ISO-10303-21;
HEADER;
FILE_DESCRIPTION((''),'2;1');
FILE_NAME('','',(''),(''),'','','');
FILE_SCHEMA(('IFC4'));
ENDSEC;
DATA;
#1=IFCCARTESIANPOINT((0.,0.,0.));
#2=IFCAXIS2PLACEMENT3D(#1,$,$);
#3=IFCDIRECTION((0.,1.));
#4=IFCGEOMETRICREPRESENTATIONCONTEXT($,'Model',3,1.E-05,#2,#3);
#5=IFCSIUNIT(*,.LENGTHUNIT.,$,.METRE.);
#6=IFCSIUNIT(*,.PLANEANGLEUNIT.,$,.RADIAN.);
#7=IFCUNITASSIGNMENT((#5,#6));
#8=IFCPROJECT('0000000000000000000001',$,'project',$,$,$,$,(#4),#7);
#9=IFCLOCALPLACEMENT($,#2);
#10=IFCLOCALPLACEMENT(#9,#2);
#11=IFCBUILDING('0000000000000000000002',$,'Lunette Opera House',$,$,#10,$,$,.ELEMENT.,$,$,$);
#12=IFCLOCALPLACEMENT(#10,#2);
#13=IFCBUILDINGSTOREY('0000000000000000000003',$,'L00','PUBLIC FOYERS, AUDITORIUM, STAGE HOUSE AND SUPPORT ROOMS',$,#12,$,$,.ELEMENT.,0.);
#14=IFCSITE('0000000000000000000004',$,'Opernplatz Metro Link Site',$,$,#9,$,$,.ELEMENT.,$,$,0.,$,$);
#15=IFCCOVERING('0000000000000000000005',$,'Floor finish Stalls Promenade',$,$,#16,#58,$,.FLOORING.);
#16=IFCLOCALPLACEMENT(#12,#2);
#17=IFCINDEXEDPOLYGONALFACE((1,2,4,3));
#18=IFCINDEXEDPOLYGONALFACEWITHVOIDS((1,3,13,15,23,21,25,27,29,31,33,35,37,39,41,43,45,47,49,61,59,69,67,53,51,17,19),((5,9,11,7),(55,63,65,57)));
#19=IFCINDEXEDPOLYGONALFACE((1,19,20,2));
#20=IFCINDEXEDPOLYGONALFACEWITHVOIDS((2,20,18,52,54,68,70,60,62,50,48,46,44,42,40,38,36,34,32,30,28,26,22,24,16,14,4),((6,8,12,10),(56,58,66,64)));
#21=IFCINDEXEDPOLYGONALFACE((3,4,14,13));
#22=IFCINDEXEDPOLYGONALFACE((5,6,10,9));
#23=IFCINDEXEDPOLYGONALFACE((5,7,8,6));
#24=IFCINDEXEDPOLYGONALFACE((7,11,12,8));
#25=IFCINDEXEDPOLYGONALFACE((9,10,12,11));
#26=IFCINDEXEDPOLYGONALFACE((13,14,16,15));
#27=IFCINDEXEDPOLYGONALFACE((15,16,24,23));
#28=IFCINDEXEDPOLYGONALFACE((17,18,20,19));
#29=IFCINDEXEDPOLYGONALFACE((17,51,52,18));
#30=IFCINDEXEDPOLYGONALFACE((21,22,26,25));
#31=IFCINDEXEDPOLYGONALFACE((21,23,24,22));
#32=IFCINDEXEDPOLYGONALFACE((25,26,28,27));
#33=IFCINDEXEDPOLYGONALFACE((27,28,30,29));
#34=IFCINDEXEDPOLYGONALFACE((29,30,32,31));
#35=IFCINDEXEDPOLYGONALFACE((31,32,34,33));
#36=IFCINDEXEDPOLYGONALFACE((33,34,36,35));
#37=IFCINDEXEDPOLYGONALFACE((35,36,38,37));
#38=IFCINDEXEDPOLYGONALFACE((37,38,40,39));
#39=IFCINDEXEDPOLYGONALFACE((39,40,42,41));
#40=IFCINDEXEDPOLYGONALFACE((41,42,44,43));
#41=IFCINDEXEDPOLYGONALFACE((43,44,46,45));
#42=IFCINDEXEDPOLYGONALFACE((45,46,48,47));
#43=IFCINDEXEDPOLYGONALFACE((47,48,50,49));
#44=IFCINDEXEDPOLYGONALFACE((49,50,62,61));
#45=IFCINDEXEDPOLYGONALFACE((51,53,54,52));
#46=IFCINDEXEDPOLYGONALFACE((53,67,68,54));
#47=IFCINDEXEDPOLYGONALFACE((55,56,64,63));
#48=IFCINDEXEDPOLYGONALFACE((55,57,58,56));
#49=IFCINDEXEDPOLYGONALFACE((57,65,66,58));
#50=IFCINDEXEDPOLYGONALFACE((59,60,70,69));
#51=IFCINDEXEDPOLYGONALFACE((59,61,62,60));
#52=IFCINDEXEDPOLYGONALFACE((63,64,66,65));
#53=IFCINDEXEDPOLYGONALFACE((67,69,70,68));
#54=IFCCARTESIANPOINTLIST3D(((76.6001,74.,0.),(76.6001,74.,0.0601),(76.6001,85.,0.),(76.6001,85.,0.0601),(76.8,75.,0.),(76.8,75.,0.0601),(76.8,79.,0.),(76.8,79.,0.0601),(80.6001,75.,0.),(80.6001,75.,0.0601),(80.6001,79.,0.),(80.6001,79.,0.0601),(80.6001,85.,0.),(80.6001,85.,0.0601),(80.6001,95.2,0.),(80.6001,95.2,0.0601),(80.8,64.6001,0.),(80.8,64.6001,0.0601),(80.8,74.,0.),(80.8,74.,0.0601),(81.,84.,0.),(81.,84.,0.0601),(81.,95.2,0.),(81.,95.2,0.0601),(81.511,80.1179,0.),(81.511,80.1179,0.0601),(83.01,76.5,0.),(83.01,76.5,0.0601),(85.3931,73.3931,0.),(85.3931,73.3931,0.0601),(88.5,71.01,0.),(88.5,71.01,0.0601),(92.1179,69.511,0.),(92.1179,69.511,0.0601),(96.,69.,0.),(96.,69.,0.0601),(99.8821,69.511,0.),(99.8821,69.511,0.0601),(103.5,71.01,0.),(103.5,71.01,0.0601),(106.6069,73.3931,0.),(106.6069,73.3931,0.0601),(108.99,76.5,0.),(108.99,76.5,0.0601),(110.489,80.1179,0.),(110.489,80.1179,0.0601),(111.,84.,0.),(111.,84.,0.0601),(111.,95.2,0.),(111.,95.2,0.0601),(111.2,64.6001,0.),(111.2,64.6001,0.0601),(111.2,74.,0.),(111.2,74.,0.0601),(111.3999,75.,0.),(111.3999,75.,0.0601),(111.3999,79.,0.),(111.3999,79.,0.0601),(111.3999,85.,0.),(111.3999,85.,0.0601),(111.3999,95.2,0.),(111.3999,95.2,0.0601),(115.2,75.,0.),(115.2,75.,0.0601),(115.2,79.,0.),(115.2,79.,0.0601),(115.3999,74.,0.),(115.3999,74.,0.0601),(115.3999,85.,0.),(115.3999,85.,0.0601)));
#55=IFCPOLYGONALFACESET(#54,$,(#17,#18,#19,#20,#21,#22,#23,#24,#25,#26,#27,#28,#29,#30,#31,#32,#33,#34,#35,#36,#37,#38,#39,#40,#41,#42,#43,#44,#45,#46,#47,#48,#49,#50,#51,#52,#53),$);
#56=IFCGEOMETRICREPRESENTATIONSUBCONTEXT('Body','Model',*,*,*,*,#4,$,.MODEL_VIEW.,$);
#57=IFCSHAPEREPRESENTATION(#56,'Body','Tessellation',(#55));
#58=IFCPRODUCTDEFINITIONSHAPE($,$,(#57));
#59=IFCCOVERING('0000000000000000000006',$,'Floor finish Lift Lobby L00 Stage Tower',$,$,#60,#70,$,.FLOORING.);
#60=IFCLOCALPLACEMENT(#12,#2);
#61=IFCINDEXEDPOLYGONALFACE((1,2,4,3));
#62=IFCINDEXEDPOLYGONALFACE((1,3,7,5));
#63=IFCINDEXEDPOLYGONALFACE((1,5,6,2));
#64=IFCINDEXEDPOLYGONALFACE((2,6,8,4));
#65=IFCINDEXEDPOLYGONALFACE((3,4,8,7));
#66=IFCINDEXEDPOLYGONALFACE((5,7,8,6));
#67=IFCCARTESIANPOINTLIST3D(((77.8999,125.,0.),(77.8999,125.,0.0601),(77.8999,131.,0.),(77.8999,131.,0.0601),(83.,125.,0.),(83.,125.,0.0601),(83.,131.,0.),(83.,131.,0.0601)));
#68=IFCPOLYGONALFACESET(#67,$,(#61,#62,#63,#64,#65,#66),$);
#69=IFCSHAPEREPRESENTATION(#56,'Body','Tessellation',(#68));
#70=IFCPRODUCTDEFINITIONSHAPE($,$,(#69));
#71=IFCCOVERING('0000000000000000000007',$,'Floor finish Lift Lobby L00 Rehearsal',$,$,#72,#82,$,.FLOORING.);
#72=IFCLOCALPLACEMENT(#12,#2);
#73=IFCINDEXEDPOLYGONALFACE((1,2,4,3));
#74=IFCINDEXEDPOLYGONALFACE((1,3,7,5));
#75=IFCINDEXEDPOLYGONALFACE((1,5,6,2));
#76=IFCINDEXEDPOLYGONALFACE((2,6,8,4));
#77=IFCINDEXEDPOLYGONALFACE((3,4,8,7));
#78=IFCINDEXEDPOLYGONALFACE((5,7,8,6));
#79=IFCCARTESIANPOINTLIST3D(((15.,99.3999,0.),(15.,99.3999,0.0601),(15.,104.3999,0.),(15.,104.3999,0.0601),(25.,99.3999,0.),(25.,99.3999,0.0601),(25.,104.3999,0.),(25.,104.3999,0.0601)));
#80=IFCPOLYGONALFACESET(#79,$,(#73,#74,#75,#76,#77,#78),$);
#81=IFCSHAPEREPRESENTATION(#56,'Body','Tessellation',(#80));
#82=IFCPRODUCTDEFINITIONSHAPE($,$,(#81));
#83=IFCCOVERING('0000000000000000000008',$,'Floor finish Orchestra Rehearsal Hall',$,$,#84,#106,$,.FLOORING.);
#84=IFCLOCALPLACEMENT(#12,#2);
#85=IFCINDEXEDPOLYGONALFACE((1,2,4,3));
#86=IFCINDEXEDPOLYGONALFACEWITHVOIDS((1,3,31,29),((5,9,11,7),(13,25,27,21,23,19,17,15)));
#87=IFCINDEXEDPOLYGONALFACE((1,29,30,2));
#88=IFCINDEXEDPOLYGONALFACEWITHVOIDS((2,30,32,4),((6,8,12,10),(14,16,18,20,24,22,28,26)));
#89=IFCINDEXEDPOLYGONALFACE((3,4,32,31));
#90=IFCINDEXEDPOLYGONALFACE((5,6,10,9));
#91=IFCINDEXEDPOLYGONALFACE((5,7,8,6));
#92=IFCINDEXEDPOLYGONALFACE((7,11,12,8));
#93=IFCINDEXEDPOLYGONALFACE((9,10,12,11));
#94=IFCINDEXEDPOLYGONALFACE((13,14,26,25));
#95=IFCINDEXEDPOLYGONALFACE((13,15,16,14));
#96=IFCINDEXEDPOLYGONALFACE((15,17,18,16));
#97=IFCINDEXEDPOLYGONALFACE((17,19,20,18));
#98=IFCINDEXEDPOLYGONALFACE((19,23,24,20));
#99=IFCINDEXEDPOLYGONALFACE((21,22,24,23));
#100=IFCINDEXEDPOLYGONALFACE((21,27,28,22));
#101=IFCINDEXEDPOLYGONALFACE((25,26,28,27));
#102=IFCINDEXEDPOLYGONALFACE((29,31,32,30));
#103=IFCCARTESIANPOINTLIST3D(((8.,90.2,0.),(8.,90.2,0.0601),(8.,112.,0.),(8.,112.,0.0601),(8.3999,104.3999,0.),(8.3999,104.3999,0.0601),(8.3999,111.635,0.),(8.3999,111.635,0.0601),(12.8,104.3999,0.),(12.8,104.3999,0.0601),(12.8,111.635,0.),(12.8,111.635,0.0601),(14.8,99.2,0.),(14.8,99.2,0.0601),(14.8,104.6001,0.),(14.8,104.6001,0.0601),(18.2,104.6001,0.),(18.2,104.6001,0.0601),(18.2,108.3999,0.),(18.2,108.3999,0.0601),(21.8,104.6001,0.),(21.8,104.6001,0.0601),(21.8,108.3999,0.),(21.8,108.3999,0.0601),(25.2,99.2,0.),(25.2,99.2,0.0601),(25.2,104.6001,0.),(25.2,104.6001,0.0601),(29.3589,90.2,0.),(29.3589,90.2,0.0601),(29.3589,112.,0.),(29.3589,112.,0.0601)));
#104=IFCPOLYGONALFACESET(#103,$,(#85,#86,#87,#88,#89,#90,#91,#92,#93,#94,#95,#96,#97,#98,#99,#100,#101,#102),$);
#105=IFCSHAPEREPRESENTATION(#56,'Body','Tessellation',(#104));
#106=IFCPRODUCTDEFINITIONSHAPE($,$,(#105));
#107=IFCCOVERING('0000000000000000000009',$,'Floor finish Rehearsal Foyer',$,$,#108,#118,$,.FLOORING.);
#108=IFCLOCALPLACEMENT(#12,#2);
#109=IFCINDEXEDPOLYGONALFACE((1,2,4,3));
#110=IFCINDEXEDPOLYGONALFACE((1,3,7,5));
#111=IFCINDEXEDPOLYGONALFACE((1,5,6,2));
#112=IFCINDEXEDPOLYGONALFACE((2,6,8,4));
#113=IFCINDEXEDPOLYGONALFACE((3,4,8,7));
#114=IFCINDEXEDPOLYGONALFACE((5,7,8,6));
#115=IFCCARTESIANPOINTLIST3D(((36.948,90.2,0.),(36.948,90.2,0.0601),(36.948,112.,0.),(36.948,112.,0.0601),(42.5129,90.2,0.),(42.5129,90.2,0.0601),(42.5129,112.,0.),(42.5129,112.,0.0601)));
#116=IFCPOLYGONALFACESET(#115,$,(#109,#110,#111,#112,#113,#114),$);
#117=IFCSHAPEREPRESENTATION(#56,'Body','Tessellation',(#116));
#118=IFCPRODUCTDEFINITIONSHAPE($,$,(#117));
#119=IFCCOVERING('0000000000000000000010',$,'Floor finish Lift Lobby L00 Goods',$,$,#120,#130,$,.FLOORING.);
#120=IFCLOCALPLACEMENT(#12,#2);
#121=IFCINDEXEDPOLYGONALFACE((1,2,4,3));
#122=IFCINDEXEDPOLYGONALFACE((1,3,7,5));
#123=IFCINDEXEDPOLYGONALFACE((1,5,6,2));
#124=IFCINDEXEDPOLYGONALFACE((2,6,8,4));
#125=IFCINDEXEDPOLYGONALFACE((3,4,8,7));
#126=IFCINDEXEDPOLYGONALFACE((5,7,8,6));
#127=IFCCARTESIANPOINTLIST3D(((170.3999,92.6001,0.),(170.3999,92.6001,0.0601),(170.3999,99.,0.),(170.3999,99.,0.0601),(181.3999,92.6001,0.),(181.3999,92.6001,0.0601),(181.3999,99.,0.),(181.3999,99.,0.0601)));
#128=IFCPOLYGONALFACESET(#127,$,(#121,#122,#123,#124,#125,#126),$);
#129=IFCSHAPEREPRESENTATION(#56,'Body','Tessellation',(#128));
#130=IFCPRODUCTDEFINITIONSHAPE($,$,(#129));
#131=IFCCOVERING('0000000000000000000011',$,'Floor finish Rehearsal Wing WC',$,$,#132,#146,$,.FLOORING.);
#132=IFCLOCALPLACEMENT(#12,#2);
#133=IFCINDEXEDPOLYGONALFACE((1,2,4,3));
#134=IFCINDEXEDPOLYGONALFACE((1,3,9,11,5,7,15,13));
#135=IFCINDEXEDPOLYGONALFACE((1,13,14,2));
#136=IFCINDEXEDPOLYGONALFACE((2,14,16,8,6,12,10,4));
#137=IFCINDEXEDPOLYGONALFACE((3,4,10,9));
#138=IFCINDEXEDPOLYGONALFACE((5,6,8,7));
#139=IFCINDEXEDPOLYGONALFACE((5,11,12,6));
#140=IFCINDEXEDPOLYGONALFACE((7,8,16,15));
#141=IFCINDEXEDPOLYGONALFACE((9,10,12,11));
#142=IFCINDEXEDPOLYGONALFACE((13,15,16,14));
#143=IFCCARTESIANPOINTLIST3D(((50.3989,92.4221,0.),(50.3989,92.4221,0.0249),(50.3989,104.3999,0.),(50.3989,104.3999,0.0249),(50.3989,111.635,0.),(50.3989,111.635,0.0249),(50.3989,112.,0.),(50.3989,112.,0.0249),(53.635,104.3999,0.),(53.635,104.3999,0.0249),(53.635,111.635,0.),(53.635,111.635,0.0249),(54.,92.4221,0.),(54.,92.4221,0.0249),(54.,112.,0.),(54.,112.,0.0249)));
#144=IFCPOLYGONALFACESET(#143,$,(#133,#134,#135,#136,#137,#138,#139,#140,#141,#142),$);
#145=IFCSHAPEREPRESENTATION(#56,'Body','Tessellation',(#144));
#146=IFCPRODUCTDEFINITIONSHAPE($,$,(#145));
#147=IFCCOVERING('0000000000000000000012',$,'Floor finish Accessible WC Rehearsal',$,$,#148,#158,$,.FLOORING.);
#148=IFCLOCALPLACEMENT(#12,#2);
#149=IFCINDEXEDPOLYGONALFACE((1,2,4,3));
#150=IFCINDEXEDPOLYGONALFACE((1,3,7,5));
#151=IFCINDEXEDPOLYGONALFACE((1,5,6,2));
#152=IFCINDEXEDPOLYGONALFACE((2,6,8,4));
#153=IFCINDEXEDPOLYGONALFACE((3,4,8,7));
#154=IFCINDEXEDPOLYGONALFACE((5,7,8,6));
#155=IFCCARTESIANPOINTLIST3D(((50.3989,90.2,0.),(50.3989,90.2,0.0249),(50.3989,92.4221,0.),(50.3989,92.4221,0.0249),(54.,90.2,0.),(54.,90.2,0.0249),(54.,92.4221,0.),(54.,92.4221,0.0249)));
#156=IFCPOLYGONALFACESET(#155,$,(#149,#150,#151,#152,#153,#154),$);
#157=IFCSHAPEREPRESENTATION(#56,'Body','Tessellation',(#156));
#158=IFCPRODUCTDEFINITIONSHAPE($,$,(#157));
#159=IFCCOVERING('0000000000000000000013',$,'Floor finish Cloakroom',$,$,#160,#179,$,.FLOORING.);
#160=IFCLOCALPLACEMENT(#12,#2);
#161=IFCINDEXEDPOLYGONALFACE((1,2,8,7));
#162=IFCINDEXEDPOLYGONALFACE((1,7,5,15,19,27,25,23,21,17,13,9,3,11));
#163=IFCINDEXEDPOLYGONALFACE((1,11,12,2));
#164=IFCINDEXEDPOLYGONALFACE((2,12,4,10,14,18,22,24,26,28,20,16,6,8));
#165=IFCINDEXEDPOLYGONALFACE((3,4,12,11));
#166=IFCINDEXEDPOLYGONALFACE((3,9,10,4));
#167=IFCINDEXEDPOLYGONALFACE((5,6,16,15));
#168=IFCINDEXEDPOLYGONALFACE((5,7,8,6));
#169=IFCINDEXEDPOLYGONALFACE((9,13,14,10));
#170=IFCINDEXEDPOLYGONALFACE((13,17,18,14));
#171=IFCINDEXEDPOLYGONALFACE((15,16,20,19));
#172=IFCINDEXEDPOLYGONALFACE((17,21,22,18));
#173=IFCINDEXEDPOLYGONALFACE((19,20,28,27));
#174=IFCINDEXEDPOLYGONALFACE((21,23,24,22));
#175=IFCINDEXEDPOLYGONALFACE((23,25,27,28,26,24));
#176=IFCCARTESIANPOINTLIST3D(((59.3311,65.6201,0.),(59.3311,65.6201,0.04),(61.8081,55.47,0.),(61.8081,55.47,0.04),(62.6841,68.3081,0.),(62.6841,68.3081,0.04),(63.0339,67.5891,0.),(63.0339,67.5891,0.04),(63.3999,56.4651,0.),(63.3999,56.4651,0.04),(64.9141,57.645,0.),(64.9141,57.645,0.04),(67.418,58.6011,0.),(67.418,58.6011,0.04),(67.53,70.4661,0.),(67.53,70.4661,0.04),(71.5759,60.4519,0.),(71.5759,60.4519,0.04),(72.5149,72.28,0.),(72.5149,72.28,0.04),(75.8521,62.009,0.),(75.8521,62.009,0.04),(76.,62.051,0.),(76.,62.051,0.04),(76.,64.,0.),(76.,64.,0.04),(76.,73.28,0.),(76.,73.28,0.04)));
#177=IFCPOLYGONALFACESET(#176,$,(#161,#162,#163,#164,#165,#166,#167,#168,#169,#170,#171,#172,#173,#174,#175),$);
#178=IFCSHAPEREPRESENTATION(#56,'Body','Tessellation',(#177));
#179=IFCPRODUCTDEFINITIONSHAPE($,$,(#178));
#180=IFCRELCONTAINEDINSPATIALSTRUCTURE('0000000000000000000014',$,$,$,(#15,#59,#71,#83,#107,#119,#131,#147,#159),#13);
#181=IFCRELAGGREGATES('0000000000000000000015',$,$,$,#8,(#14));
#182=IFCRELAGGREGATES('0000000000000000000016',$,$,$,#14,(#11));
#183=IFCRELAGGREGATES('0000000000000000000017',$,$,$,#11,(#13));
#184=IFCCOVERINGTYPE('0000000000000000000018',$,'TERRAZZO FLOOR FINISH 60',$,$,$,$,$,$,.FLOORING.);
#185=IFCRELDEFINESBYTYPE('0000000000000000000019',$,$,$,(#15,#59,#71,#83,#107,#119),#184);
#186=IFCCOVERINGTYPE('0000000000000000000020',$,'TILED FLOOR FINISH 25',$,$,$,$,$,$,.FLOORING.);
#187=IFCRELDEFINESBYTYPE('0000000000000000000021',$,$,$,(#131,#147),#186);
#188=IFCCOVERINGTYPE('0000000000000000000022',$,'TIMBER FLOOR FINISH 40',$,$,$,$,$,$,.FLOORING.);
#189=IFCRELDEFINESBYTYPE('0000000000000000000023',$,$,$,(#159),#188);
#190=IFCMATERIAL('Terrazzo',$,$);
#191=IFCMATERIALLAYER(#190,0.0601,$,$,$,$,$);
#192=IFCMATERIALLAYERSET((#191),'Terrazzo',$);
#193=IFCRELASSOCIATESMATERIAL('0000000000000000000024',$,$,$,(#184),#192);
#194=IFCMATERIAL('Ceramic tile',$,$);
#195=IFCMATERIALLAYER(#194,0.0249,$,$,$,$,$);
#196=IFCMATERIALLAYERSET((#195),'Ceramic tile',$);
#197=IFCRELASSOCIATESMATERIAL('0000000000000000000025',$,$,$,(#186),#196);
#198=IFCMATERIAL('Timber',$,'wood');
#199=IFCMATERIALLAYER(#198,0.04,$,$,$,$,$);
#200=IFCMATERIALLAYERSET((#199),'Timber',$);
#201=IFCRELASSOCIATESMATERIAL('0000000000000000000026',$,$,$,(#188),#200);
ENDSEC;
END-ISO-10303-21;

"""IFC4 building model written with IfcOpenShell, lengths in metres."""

from ifc_helpers import new_model, si_unit, direction, origin, place, context, subcontext, project, spatial, polyline, outline, extrude, material, layer, layer_set, type_object, element, save


model = new_model("IFC4")

# Units and contexts
model_context = context("Model", 3, precision=1e-05, world=origin(), true_north=direction((0.0, 1.0)))
body_context = subcontext(model_context, "Body", "Model", "MODEL_VIEW")
ifc_project = project(units=[si_unit("LENGTHUNIT", "METRE"), si_unit("PLANEANGLEUNIT", "RADIAN")], contexts=[model_context])

# Site, building, storey
site_placement = place(None, origin())
site = spatial("IfcSite", under=ifc_project, at=site_placement, Name="Opernplatz Metro Link Site", CompositionType="ELEMENT", RefElevation=0.0)
building_placement = place(site_placement, origin())
building = spatial("IfcBuilding", under=site, at=building_placement, Name="Lunette Opera House", CompositionType="ELEMENT")
storey_placement = place(building_placement, origin())
storey = spatial("IfcBuildingStorey", under=building, at=storey_placement, Name="L00", Description="PUBLIC FOYERS, AUDITORIUM, STAGE HOUSE AND SUPPORT ROOMS", CompositionType="ELEMENT", Elevation=0.0)

# Coverings
ifc_material_1 = material(Name="Terrazzo")
ifc_layer_1 = layer(ifc_material_1, 0.0601)
ifc_layer_set_1 = layer_set([ifc_layer_1], Name="Terrazzo")
covering_type_1 = type_object("IfcCoveringType", Name="TERRAZZO FLOOR FINISH 60", PredefinedType="FLOORING", material=ifc_layer_set_1)
covering_1_placement = place(storey_placement, origin())
element("IfcCovering", 1, at=covering_1_placement, inside=storey, type_object=covering_type_1, Name="Floor finish Stalls Promenade", PredefinedType="FLOORING", context=body_context, shape_type="SweptSolid", body=[
    extrude(outline(polyline([(111.2, 74.0), (111.2, 64.6001), (80.8, 64.6001), (80.8, 74.0), (76.6001, 74.0), (76.6001, 85.0), (80.6001, 85.0), (80.6001, 95.2), (81.0, 95.2), (81.0, 84.0), (81.511, 80.1179), (83.01, 76.5), (85.3931, 73.3931), (88.5, 71.01), (92.1179, 69.511), (96.0, 69.0), (99.8821, 69.511), (103.5, 71.01), (106.6069, 73.3931), (108.99, 76.5), (110.489, 80.1179), (111.0, 84.0), (111.0, 95.2), (111.3999, 95.2), (111.3999, 85.0), (115.3999, 85.0), (115.3999, 74.0), (111.2, 74.0)]), holes=[polyline([(115.2, 75.0), (115.2, 79.0), (111.3999, 79.0), (111.3999, 75.0), (115.2, 75.0)]), polyline([(76.8, 75.0), (80.6001, 75.0), (80.6001, 79.0), (76.8, 79.0), (76.8, 75.0)])]), origin(), (0.0, 0.0, 1.0), 0.0601),
])
covering_2_placement = place(storey_placement, origin())
element("IfcCovering", 2, at=covering_2_placement, inside=storey, type_object=covering_type_1, Name="Floor finish Lift Lobby L00 Stage Tower", PredefinedType="FLOORING", context=body_context, shape_type="SweptSolid", body=[
    extrude(outline(polyline([(83.0, 125.0), (83.0, 131.0), (77.8999, 131.0), (77.8999, 125.0), (83.0, 125.0)])), origin(), (0.0, 0.0, 1.0), 0.0601),
])
covering_3_placement = place(storey_placement, origin())
element("IfcCovering", 3, at=covering_3_placement, inside=storey, type_object=covering_type_1, Name="Floor finish Lift Lobby L00 Rehearsal", PredefinedType="FLOORING", context=body_context, shape_type="SweptSolid", body=[
    extrude(outline(polyline([(25.0, 99.3999), (25.0, 104.3999), (15.0, 104.3999), (15.0, 99.3999), (25.0, 99.3999)])), origin(), (0.0, 0.0, 1.0), 0.0601),
])
covering_4_placement = place(storey_placement, origin())
element("IfcCovering", 4, at=covering_4_placement, inside=storey, type_object=covering_type_1, Name="Floor finish Orchestra Rehearsal Hall", PredefinedType="FLOORING", context=body_context, shape_type="SweptSolid", body=[
    extrude(outline(polyline([(8.0, 112.0), (29.3589, 112.0), (29.3589, 90.2), (8.0, 90.2), (8.0, 112.0)]), holes=[polyline([(14.8, 99.2), (25.2, 99.2), (25.2, 104.6001), (21.8, 104.6001), (21.8, 108.3999), (18.2, 108.3999), (18.2, 104.6001), (14.8, 104.6001), (14.8, 99.2)]), polyline([(8.3999, 104.3999), (12.8, 104.3999), (12.8, 111.635), (8.3999, 111.635), (8.3999, 104.3999)])]), origin(), (0.0, 0.0, 1.0), 0.0601),
])
covering_5_placement = place(storey_placement, origin())
element("IfcCovering", 5, at=covering_5_placement, inside=storey, type_object=covering_type_1, Name="Floor finish Rehearsal Foyer", PredefinedType="FLOORING", context=body_context, shape_type="SweptSolid", body=[
    extrude(outline(polyline([(36.948, 90.2), (36.948, 112.0), (42.5129, 112.0), (42.5129, 90.2), (36.948, 90.2)])), origin(), (0.0, 0.0, 1.0), 0.0601),
])
covering_6_placement = place(storey_placement, origin())
element("IfcCovering", 6, at=covering_6_placement, inside=storey, type_object=covering_type_1, Name="Floor finish Lift Lobby L00 Goods", PredefinedType="FLOORING", context=body_context, shape_type="SweptSolid", body=[
    extrude(outline(polyline([(181.3999, 92.6001), (181.3999, 99.0), (170.3999, 99.0), (170.3999, 92.6001), (181.3999, 92.6001)])), origin(), (0.0, 0.0, 1.0), 0.0601),
])
ifc_material_2 = material(Name="Ceramic tile")
ifc_layer_2 = layer(ifc_material_2, 0.0249)
ifc_layer_set_2 = layer_set([ifc_layer_2], Name="Ceramic tile")
covering_type_2 = type_object("IfcCoveringType", Name="TILED FLOOR FINISH 25", PredefinedType="FLOORING", material=ifc_layer_set_2)
covering_7_placement = place(storey_placement, origin())
element("IfcCovering", 7, at=covering_7_placement, inside=storey, type_object=covering_type_2, Name="Floor finish Rehearsal Wing WC", PredefinedType="FLOORING", context=body_context, shape_type="SweptSolid", body=[
    extrude(outline(polyline([(50.3989, 104.3999), (53.635, 104.3999), (53.635, 111.635), (50.3989, 111.635), (50.3989, 112.0), (54.0, 112.0), (54.0, 92.4221), (50.3989, 92.4221), (50.3989, 104.3999)])), origin(), (0.0, 0.0, 1.0), 0.0249),
])
covering_8_placement = place(storey_placement, origin())
element("IfcCovering", 8, at=covering_8_placement, inside=storey, type_object=covering_type_2, Name="Floor finish Accessible WC Rehearsal", PredefinedType="FLOORING", context=body_context, shape_type="SweptSolid", body=[
    extrude(outline(polyline([(50.3989, 90.2), (50.3989, 92.4221), (54.0, 92.4221), (54.0, 90.2), (50.3989, 90.2)])), origin(), (0.0, 0.0, 1.0), 0.0249),
])
ifc_material_3 = material(Name="Timber", Category="wood")
ifc_layer_3 = layer(ifc_material_3, 0.04)
ifc_layer_set_3 = layer_set([ifc_layer_3], Name="Timber")
covering_type_3 = type_object("IfcCoveringType", Name="TIMBER FLOOR FINISH 40", PredefinedType="FLOORING", material=ifc_layer_set_3)
covering_9_placement = place(storey_placement, origin())
element("IfcCovering", 9, at=covering_9_placement, inside=storey, type_object=covering_type_3, Name="Floor finish Cloakroom", PredefinedType="FLOORING", context=body_context, shape_type="SweptSolid", body=[
    extrude(outline(polyline([(62.6841, 68.3081), (67.53, 70.4661), (72.5149, 72.28), (76.0, 73.28), (76.0, 64.0), (76.0, 62.051), (75.8521, 62.009), (71.5759, 60.4519), (67.418, 58.6011), (63.3999, 56.4651), (61.8081, 55.47), (64.9141, 57.645), (59.3311, 65.6201), (63.0339, 67.5891), (62.6841, 68.3081)])), origin(), (0.0, 0.0, 1.0), 0.04),
])

save(model, "model.ifc")
